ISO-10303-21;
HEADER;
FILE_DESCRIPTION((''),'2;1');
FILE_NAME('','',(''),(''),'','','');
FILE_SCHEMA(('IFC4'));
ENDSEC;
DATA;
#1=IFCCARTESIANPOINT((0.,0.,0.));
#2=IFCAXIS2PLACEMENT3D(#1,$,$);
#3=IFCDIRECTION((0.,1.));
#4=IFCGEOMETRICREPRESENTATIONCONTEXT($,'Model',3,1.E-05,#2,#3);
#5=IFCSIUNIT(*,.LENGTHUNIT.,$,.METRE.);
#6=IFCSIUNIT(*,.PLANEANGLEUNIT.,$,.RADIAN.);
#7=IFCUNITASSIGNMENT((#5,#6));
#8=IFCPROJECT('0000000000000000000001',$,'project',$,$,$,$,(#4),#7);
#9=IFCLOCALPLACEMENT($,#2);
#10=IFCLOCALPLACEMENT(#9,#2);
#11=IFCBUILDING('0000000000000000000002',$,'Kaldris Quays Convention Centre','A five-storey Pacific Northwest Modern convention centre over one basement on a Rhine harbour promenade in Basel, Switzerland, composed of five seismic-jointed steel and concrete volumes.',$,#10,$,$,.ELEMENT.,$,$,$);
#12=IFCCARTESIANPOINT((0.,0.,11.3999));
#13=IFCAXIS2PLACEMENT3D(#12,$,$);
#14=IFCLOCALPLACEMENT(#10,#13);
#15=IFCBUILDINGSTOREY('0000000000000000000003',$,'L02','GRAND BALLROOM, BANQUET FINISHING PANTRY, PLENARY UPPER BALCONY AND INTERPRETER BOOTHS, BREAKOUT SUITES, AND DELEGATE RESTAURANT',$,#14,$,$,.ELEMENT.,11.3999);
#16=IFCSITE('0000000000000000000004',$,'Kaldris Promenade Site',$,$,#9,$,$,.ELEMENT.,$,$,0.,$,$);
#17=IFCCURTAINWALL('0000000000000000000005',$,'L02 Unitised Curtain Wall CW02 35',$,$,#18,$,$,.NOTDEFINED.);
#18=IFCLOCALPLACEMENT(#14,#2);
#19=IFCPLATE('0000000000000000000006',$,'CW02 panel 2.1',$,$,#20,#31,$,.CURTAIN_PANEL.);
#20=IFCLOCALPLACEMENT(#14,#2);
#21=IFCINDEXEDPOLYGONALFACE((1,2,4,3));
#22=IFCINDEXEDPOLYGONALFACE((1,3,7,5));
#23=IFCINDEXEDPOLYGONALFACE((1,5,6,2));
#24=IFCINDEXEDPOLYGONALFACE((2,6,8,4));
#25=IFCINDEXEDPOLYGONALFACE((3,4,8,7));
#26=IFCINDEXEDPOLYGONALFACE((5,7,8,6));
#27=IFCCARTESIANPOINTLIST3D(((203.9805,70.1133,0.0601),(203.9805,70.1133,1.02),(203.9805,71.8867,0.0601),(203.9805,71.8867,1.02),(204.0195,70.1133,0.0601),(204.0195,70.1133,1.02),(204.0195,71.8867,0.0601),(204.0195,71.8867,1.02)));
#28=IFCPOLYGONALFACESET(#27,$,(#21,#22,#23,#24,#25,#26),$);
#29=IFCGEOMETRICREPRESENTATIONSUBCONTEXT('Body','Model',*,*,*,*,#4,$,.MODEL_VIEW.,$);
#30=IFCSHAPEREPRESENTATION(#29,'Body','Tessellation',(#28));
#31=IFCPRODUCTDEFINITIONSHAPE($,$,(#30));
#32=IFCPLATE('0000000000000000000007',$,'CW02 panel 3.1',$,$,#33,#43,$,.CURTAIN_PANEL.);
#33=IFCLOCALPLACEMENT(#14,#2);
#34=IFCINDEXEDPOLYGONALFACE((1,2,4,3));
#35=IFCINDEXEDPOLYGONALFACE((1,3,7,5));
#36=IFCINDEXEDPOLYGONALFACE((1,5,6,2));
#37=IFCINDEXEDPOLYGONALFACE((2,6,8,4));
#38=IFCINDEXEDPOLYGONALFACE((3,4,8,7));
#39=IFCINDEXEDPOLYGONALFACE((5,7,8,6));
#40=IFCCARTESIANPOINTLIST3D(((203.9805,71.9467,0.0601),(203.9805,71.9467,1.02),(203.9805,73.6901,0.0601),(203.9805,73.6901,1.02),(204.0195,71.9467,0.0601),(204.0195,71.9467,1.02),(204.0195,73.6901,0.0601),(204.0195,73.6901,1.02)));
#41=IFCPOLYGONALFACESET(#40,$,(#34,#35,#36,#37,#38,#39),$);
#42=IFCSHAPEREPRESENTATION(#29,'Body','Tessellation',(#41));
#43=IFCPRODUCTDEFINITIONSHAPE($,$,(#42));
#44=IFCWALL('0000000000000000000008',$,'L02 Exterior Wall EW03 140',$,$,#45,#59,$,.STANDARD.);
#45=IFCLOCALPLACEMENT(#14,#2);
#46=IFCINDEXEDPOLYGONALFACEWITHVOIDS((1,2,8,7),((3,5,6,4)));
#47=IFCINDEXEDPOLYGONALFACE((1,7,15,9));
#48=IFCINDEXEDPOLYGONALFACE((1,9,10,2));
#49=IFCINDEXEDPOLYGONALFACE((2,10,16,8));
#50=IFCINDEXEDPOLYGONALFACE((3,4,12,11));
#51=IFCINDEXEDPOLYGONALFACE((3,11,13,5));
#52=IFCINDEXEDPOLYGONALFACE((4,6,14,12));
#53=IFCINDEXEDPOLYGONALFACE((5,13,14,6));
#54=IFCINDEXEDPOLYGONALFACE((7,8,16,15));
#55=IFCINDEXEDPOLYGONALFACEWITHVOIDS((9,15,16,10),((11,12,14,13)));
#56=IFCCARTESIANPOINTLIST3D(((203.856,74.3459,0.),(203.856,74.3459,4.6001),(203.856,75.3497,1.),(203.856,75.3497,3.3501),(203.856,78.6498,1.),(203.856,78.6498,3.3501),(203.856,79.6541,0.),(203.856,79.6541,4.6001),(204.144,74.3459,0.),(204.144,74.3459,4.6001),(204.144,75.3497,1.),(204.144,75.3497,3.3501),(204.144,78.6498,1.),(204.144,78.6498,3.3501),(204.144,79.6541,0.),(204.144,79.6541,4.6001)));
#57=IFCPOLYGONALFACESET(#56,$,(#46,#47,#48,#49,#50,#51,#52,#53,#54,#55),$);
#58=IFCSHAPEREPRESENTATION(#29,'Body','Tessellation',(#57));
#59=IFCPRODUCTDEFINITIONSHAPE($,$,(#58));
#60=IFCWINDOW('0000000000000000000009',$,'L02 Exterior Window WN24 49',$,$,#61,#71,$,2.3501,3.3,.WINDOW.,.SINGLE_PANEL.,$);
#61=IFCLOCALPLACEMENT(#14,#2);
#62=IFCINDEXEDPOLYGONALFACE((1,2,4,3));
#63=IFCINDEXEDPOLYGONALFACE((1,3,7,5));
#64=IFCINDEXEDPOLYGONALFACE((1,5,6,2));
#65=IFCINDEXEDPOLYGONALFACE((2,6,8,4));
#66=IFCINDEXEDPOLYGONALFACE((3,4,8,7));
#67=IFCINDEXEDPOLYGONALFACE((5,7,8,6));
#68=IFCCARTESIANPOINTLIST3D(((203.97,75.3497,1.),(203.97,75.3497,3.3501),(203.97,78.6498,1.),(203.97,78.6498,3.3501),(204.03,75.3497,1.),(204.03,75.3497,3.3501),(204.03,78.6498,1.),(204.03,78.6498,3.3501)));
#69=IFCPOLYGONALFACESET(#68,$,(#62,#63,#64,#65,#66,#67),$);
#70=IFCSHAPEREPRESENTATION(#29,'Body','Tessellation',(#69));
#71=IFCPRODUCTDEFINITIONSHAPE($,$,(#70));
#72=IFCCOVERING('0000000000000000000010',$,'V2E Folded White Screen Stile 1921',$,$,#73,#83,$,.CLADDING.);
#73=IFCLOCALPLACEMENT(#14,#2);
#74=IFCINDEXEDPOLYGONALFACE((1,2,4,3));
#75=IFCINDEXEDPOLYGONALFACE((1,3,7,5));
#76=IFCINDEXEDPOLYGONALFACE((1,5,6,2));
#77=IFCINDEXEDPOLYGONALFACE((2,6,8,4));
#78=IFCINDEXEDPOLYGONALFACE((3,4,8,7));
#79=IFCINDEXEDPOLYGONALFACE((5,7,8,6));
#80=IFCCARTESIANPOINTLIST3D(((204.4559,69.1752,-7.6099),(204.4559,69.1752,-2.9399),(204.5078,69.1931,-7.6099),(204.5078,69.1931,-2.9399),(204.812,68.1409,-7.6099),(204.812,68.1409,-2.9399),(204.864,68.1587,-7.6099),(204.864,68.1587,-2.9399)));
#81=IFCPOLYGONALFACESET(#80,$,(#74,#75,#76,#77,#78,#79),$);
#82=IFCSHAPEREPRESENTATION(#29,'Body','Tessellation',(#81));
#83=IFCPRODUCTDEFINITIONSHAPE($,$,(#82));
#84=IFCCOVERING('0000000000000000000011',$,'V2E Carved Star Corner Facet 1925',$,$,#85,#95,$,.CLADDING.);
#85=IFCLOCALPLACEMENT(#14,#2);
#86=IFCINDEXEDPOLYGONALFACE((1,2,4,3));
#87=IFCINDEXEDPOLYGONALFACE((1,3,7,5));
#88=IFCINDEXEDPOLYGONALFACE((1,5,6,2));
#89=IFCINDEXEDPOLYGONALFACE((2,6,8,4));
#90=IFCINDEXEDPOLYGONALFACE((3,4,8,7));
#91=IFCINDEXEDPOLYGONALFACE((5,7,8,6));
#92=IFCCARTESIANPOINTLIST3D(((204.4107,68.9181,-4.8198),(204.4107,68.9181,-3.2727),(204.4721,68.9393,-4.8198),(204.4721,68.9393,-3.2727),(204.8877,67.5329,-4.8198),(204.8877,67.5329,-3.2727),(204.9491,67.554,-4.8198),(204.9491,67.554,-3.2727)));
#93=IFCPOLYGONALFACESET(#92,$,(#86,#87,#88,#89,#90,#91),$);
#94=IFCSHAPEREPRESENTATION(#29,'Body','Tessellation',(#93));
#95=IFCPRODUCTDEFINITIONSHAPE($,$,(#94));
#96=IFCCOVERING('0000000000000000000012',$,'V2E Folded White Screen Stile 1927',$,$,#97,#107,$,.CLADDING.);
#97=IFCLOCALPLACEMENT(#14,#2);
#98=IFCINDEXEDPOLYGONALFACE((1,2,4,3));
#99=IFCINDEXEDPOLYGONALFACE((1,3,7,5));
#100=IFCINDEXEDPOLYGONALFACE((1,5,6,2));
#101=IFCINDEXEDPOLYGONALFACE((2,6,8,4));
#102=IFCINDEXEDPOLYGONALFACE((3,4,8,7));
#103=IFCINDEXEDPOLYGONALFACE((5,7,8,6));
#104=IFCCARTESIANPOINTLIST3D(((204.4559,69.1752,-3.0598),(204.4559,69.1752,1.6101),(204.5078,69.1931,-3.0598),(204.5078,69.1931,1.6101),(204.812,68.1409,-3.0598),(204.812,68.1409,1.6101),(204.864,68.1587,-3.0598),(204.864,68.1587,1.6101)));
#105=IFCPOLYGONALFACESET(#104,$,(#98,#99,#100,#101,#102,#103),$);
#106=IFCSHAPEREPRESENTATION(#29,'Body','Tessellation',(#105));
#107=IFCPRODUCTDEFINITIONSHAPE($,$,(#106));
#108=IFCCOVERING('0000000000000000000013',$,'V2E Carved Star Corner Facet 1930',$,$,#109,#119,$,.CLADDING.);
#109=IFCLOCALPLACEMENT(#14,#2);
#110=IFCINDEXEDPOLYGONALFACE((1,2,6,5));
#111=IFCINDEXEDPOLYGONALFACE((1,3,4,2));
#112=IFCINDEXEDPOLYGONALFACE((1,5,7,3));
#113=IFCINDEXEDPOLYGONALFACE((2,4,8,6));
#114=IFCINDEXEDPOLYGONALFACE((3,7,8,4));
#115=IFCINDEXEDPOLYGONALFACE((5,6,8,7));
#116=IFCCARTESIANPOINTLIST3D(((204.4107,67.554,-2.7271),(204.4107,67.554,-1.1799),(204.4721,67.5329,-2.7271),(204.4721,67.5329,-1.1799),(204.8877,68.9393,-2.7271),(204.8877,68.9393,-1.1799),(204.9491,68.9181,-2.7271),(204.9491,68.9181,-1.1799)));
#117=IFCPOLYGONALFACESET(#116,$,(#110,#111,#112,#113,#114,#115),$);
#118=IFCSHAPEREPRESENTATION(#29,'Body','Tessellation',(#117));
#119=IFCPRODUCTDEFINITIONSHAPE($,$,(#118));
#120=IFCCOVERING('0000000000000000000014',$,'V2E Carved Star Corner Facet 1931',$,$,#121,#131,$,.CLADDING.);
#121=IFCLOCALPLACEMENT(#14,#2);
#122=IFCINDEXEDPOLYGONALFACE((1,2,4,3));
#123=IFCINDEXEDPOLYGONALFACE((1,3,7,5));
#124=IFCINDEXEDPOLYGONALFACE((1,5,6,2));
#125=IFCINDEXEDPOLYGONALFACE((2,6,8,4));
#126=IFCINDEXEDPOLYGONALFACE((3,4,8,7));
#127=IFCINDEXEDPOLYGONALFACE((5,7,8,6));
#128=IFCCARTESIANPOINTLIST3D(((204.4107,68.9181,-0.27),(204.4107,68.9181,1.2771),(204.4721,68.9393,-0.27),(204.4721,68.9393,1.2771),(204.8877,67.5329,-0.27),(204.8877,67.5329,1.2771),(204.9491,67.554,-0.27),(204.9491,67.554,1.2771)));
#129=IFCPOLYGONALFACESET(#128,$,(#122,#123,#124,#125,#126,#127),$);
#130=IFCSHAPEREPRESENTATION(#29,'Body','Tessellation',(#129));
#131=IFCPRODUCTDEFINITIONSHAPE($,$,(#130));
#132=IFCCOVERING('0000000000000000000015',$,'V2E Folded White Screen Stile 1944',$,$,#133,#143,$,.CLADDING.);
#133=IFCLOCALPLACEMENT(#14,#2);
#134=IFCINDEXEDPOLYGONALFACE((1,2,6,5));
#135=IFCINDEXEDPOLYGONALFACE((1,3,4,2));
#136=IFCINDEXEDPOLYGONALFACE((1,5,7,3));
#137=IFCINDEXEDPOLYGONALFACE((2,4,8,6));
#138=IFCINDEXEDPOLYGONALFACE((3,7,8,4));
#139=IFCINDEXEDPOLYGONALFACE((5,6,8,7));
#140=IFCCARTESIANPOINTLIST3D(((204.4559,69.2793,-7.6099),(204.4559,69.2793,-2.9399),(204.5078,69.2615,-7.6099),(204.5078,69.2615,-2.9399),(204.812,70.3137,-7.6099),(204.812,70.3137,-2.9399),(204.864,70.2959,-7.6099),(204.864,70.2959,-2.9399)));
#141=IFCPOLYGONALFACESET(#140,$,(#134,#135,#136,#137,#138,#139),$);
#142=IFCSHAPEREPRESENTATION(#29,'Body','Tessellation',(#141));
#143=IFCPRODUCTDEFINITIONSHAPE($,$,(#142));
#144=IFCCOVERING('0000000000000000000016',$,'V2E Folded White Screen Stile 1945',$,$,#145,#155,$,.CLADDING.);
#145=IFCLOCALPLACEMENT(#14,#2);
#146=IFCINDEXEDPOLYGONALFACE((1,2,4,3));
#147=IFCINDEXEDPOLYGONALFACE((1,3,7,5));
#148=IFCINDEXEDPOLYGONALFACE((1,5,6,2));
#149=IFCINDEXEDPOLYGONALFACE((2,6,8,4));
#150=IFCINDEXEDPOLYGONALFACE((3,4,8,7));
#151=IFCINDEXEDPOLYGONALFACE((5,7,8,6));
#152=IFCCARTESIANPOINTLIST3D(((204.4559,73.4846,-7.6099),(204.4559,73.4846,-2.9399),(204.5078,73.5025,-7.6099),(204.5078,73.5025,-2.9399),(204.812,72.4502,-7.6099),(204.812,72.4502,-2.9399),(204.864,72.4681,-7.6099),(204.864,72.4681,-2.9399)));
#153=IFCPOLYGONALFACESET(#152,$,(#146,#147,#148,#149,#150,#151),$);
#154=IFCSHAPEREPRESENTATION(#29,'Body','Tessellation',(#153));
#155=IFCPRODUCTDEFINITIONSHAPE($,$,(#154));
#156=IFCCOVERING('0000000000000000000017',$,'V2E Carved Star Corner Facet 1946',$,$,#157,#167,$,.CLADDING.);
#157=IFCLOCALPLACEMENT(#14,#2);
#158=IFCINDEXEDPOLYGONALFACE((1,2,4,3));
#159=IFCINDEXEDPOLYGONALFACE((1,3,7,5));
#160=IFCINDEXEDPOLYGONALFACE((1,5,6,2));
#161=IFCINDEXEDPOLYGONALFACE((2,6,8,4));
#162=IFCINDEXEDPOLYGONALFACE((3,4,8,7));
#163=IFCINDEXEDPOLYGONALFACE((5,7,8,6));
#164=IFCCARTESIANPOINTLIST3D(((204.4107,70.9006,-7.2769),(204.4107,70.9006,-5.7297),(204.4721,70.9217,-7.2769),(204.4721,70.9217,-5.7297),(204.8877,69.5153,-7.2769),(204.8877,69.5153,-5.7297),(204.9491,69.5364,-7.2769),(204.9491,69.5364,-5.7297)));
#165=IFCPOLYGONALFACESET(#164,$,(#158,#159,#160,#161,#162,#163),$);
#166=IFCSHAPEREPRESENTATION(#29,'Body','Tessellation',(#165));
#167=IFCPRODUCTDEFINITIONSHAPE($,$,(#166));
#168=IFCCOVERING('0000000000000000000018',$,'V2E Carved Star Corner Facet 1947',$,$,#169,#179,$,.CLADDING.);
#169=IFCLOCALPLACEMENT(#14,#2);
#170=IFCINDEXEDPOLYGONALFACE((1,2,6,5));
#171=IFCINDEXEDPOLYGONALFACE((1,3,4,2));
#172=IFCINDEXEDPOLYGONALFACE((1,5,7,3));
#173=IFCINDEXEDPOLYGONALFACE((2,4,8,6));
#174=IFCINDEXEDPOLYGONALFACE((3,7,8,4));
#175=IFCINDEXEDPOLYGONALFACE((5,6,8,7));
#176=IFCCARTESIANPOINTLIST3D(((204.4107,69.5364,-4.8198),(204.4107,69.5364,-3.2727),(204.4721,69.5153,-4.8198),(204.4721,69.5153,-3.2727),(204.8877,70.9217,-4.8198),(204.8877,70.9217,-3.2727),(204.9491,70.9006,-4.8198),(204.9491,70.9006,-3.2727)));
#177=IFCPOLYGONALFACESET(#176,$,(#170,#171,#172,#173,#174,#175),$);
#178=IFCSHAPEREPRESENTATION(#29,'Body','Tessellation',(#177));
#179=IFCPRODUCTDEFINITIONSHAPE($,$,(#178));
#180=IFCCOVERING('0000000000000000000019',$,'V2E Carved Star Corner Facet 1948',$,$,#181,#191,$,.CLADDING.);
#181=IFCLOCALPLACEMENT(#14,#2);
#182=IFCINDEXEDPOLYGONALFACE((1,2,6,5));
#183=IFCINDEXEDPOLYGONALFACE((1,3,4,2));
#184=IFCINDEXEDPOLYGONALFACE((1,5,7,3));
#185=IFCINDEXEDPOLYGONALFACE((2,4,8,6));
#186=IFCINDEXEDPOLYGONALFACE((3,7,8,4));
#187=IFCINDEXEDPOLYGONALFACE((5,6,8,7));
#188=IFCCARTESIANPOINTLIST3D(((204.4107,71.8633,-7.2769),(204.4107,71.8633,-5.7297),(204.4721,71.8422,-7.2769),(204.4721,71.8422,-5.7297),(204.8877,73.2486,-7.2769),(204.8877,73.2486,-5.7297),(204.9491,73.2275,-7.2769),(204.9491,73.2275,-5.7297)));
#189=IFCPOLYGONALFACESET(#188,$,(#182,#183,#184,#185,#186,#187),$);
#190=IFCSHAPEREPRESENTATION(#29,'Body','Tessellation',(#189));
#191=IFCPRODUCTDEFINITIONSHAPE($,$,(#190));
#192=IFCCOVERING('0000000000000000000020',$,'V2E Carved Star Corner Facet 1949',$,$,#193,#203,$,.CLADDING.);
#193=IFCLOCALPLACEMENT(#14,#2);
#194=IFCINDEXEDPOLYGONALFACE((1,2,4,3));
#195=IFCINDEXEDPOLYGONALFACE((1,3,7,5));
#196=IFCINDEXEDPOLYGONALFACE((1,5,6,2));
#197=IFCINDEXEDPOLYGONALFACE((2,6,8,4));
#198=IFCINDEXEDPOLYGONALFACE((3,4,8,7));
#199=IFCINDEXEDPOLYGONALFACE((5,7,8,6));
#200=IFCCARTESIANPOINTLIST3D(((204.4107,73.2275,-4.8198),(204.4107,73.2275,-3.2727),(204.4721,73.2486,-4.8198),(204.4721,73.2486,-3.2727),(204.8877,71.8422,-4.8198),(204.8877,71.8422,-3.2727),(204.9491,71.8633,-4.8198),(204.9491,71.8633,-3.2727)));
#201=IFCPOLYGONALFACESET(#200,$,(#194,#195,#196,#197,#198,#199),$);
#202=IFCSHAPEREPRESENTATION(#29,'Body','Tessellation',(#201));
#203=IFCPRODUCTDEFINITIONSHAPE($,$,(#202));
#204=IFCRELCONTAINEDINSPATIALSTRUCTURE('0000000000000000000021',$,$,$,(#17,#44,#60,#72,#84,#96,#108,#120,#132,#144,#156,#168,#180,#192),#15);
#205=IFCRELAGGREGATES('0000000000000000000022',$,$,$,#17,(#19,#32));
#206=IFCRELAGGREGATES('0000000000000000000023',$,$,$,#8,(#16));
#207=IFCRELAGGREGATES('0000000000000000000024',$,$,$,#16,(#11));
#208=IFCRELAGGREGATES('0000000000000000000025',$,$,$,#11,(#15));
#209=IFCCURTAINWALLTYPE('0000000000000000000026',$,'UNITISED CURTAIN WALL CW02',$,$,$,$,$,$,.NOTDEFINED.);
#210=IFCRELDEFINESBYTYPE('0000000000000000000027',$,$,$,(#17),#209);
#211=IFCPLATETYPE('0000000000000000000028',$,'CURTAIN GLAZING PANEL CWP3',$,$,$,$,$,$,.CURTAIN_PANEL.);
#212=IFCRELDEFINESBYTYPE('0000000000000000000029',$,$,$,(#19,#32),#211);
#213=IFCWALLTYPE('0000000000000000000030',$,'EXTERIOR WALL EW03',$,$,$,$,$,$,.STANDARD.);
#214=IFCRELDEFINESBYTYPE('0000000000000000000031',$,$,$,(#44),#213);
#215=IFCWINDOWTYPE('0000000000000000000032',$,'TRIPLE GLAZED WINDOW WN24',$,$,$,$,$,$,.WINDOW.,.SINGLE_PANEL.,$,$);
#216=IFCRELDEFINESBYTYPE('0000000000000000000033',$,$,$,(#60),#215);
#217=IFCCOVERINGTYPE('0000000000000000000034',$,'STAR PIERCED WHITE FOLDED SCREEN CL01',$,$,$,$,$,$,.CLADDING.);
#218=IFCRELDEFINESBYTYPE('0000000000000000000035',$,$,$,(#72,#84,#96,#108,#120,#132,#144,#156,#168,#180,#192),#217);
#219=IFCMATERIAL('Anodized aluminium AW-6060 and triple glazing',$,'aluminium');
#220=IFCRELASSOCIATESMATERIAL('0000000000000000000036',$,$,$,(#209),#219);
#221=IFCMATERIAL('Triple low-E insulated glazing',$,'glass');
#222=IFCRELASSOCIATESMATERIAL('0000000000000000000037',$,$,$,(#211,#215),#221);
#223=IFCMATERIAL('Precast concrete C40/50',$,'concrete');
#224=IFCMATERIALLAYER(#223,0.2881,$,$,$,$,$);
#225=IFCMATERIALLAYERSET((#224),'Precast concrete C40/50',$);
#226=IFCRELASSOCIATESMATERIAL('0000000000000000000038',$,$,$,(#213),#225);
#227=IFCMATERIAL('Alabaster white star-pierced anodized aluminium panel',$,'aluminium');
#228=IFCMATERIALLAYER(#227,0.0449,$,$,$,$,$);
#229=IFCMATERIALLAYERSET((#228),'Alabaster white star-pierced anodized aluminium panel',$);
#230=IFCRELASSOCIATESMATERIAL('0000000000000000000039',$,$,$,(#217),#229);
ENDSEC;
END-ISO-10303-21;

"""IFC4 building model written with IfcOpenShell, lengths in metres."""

from ifc_helpers import new_model, si_unit, direction, frame, frame_2d, origin, origin_2d, place, context, subcontext, project, spatial, rectangle, extrude, material, layer, layer_set, type_object, element, fill, aggregate, save


model = new_model("IFC4")

# Units and contexts
model_context = context("Model", 3, precision=1e-05, world=origin(), true_north=direction((0.0, 1.0)))
body_context = subcontext(model_context, "Body", "Model", "MODEL_VIEW")
ifc_project = project(units=[si_unit("LENGTHUNIT", "METRE"), si_unit("PLANEANGLEUNIT", "RADIAN")], contexts=[model_context])

# Site, building, storey
site_placement = place(None, origin())
site = spatial("IfcSite", under=ifc_project, at=site_placement, Name="Kaldris Promenade Site", CompositionType="ELEMENT", RefElevation=0.0)
building_placement = place(site_placement, origin())
building = spatial("IfcBuilding", under=site, at=building_placement, Name="Kaldris Quays Convention Centre", Description="A five-storey Pacific Northwest Modern convention centre over one basement on a Rhine harbour promenade in Basel, Switzerland, composed of five seismic-jointed steel and concrete volumes.", CompositionType="ELEMENT")
storey_placement = place(building_placement, frame((0.0, 0.0, 11.3999)))
storey = spatial("IfcBuildingStorey", under=building, at=storey_placement, Name="L02", Description="GRAND BALLROOM, BANQUET FINISHING PANTRY, PLENARY UPPER BALCONY AND INTERPRETER BOOTHS, BREAKOUT SUITES, AND DELEGATE RESTAURANT", CompositionType="ELEMENT", Elevation=11.3999)

# Curtain wall, plates
ifc_material_1 = material(Name="Anodized aluminium AW-6060 and triple glazing", Category="aluminium")
curtain_wall_type = type_object("IfcCurtainWallType", Name="UNITISED CURTAIN WALL CW02", PredefinedType="NOTDEFINED", material=ifc_material_1)
curtain_wall_placement = place(storey_placement, origin())
curtain_wall = element("IfcCurtainWall", 1, at=curtain_wall_placement, inside=storey, type_object=curtain_wall_type, Name="L02 Unitised Curtain Wall CW02 35", PredefinedType="NOTDEFINED")
ifc_material_2 = material(Name="Triple low-E insulated glazing", Category="glass")
plate_type = type_object("IfcPlateType", Name="CURTAIN GLAZING PANEL CWP3", PredefinedType="CURTAIN_PANEL", material=ifc_material_2)
plate_1_placement = place(storey_placement, frame((204.0, 71.0, 0.0601), z_axis=(0.0, 0.0, 1.0), x_axis=(0.0, 1.0, 0.0)))
plate_1 = element("IfcPlate", 2, at=plate_1_placement, type_object=plate_type, Name="CW02 panel 2.1", PredefinedType="CURTAIN_PANEL", context=body_context, shape_type="SweptSolid", body=[
    extrude(rectangle(XDim=1.7734, YDim=0.0391, at=origin_2d()), origin(), (0.0, 0.0, 1.0), 0.96),
])
plate_2_placement = place(storey_placement, frame((204.0, 72.8184, 0.0601), z_axis=(0.0, 0.0, 1.0), x_axis=(0.0, 1.0, 0.0)))
plate_2 = element("IfcPlate", 3, at=plate_2_placement, type_object=plate_type, Name="CW02 panel 3.1", PredefinedType="CURTAIN_PANEL", context=body_context, shape_type="SweptSolid", body=[
    extrude(rectangle(XDim=1.7434, YDim=0.0391, at=origin_2d()), origin(), (0.0, 0.0, 1.0), 0.96),
])
aggregate(curtain_wall, [plate_1, plate_2])

# Wall, opening, window
ifc_material_3 = material(Name="Precast concrete C40/50", Category="concrete")
ifc_layer_1 = layer(ifc_material_3, 0.2881)
ifc_layer_set_1 = layer_set([ifc_layer_1], Name="Precast concrete C40/50")
wall_type = type_object("IfcWallType", Name="EXTERIOR WALL EW03", PredefinedType="STANDARD", material=ifc_layer_set_1)
wall_placement = place(storey_placement, frame((204.0, 74.3459, 0.0), z_axis=(0.0, 0.0, 1.0), x_axis=(0.0, 1.0, 0.0)))
wall = element("IfcWall", 4, at=wall_placement, inside=storey, type_object=wall_type, Name="L02 Exterior Wall EW03 140", PredefinedType="STANDARD", context=body_context, shape_type="SweptSolid", body=[
    extrude(rectangle(XDim=5.3081, YDim=0.2881, at=frame_2d((2.6541, 0.0))), origin(), (0.0, 0.0, 1.0), 4.6001),
])
opening_placement = place(wall_placement, frame((1.0039, 0.0, 1.0)))
opening = element("IfcOpeningElement", 5, at=opening_placement, cuts=wall, PredefinedType="OPENING", context=body_context, shape_type="SweptSolid", body=[
    extrude(rectangle(XDim=3.3, YDim=2.3501, at=frame_2d((1.6499, 1.175))), frame((0.0, 0.1541, 0.0), z_axis=(0.0, -1.0, 0.0), x_axis=(1.0, 0.0, 0.0)), (0.0, 0.0, 1.0), 0.3081),
])
window_type = type_object("IfcWindowType", Name="TRIPLE GLAZED WINDOW WN24", PartitioningType="SINGLE_PANEL", PredefinedType="WINDOW", material=ifc_material_2)
window_placement = place(opening_placement, origin())
window = element("IfcWindow", 6, at=window_placement, inside=storey, type_object=window_type, Name="L02 Exterior Window WN24 49", OverallHeight=2.3501, OverallWidth=3.3, PartitioningType="SINGLE_PANEL", PredefinedType="WINDOW", context=body_context, shape_type="SweptSolid", body=[
    extrude(rectangle(XDim=3.3, YDim=2.3501, at=frame_2d((1.6499, 1.175))), frame((0.0, 0.03, 0.0), z_axis=(0.0, -1.0, 0.0), x_axis=(1.0, 0.0, 0.0)), (0.0, 0.0, 1.0), 0.0601),
])
fill(opening, window)

# Coverings
ifc_material_4 = material(Name="Alabaster white star-pierced anodized aluminium panel", Category="aluminium")
ifc_layer_2 = layer(ifc_material_4, 0.0449)
ifc_layer_set_2 = layer_set([ifc_layer_2], Name="Alabaster white star-pierced anodized aluminium panel")
covering_type = type_object("IfcCoveringType", Name="STAR PIERCED WHITE FOLDED SCREEN CL01", PredefinedType="CLADDING", material=ifc_layer_set_2)
covering_1_placement = place(storey_placement, frame((204.6599, 68.667, -7.6099), z_axis=(0.0, 0.0, 1.0), x_axis=(-0.325568, 0.945519, 0.0)))
element("IfcCovering", 7, at=covering_1_placement, inside=storey, type_object=covering_type, Name="V2E Folded White Screen Stile 1921", PredefinedType="CLADDING", context=body_context, shape_type="SweptSolid", body=[
    extrude(rectangle(XDim=1.094, YDim=0.0549, at=origin_2d()), origin(), (0.0, 0.0, 1.0), 4.6699),
])
covering_2_placement = place(storey_placement, frame((204.6799, 68.2361, -4.8198), z_axis=(0.0, 0.0, 1.0), x_axis=(-0.325568, 0.945519, 0.0)))
element("IfcCovering", 8, at=covering_2_placement, inside=storey, type_object=covering_type, Name="V2E Carved Star Corner Facet 1925", PredefinedType="CLADDING", context=body_context, shape_type="SweptSolid", body=[
    extrude(rectangle(XDim=1.4651, YDim=0.0649, at=origin_2d()), origin(), (0.0, 0.0, 1.0), 1.5471),
])
covering_3_placement = place(storey_placement, frame((204.6599, 68.667, -3.0598), z_axis=(0.0, 0.0, 1.0), x_axis=(-0.325568, 0.945519, 0.0)))
element("IfcCovering", 9, at=covering_3_placement, inside=storey, type_object=covering_type, Name="V2E Folded White Screen Stile 1927", PredefinedType="CLADDING", context=body_context, shape_type="SweptSolid", body=[
    extrude(rectangle(XDim=1.094, YDim=0.0549, at=origin_2d()), origin(), (0.0, 0.0, 1.0), 4.6699),
])
for number, where, z_axis, x_axis, name in (
    (10, (204.6799, 68.2361, -2.7271), (0.0, 0.0, 1.0), (0.325568, 0.945519, 0.0), "V2E Carved Star Corner Facet 1930"),
    (11, (204.6799, 68.2361, -0.27), (0.0, 0.0, 1.0), (-0.325568, 0.945519, 0.0), "V2E Carved Star Corner Facet 1931"),
):
    element("IfcCovering", number, at=place(storey_placement, frame(where, z_axis=z_axis, x_axis=x_axis)), inside=storey, type_object=covering_type, Name=name, PredefinedType="CLADDING", context=body_context, shape_type="SweptSolid", body=[
        extrude(rectangle(XDim=1.4651, YDim=0.0649, at=origin_2d()), origin(), (0.0, 0.0, 1.0), 1.5471),
    ])
for number, where, z_axis, x_axis, name in (
    (12, (204.6599, 69.7876, -7.6099), (0.0, 0.0, 1.0), (0.325568, 0.945519, 0.0), "V2E Folded White Screen Stile 1944"),
    (13, (204.6599, 72.9763, -7.6099), (0.0, 0.0, 1.0), (-0.325568, 0.945519, 0.0), "V2E Folded White Screen Stile 1945"),
):
    element("IfcCovering", number, at=place(storey_placement, frame(where, z_axis=z_axis, x_axis=x_axis)), inside=storey, type_object=covering_type, Name=name, PredefinedType="CLADDING", context=body_context, shape_type="SweptSolid", body=[
        extrude(rectangle(XDim=1.094, YDim=0.0549, at=origin_2d()), origin(), (0.0, 0.0, 1.0), 4.6699),
    ])
for number, where, z_axis, x_axis, name in (
    (14, (204.6799, 70.2185, -7.2769), (0.0, 0.0, 1.0), (-0.325568, 0.945519, 0.0), "V2E Carved Star Corner Facet 1946"),
    (15, (204.6799, 70.2185, -4.8198), (0.0, 0.0, 1.0), (0.325568, 0.945519, 0.0), "V2E Carved Star Corner Facet 1947"),
    (16, (204.6799, 72.5454, -7.2769), (0.0, 0.0, 1.0), (0.325568, 0.945519, 0.0), "V2E Carved Star Corner Facet 1948"),
    (17, (204.6799, 72.5454, -4.8198), (0.0, 0.0, 1.0), (-0.325568, 0.945519, 0.0), "V2E Carved Star Corner Facet 1949"),
):
    element("IfcCovering", number, at=place(storey_placement, frame(where, z_axis=z_axis, x_axis=x_axis)), inside=storey, type_object=covering_type, Name=name, PredefinedType="CLADDING", context=body_context, shape_type="SweptSolid", body=[
        extrude(rectangle(XDim=1.4651, YDim=0.0649, at=origin_2d()), origin(), (0.0, 0.0, 1.0), 1.5471),
    ])

save(model, "model.ifc")
